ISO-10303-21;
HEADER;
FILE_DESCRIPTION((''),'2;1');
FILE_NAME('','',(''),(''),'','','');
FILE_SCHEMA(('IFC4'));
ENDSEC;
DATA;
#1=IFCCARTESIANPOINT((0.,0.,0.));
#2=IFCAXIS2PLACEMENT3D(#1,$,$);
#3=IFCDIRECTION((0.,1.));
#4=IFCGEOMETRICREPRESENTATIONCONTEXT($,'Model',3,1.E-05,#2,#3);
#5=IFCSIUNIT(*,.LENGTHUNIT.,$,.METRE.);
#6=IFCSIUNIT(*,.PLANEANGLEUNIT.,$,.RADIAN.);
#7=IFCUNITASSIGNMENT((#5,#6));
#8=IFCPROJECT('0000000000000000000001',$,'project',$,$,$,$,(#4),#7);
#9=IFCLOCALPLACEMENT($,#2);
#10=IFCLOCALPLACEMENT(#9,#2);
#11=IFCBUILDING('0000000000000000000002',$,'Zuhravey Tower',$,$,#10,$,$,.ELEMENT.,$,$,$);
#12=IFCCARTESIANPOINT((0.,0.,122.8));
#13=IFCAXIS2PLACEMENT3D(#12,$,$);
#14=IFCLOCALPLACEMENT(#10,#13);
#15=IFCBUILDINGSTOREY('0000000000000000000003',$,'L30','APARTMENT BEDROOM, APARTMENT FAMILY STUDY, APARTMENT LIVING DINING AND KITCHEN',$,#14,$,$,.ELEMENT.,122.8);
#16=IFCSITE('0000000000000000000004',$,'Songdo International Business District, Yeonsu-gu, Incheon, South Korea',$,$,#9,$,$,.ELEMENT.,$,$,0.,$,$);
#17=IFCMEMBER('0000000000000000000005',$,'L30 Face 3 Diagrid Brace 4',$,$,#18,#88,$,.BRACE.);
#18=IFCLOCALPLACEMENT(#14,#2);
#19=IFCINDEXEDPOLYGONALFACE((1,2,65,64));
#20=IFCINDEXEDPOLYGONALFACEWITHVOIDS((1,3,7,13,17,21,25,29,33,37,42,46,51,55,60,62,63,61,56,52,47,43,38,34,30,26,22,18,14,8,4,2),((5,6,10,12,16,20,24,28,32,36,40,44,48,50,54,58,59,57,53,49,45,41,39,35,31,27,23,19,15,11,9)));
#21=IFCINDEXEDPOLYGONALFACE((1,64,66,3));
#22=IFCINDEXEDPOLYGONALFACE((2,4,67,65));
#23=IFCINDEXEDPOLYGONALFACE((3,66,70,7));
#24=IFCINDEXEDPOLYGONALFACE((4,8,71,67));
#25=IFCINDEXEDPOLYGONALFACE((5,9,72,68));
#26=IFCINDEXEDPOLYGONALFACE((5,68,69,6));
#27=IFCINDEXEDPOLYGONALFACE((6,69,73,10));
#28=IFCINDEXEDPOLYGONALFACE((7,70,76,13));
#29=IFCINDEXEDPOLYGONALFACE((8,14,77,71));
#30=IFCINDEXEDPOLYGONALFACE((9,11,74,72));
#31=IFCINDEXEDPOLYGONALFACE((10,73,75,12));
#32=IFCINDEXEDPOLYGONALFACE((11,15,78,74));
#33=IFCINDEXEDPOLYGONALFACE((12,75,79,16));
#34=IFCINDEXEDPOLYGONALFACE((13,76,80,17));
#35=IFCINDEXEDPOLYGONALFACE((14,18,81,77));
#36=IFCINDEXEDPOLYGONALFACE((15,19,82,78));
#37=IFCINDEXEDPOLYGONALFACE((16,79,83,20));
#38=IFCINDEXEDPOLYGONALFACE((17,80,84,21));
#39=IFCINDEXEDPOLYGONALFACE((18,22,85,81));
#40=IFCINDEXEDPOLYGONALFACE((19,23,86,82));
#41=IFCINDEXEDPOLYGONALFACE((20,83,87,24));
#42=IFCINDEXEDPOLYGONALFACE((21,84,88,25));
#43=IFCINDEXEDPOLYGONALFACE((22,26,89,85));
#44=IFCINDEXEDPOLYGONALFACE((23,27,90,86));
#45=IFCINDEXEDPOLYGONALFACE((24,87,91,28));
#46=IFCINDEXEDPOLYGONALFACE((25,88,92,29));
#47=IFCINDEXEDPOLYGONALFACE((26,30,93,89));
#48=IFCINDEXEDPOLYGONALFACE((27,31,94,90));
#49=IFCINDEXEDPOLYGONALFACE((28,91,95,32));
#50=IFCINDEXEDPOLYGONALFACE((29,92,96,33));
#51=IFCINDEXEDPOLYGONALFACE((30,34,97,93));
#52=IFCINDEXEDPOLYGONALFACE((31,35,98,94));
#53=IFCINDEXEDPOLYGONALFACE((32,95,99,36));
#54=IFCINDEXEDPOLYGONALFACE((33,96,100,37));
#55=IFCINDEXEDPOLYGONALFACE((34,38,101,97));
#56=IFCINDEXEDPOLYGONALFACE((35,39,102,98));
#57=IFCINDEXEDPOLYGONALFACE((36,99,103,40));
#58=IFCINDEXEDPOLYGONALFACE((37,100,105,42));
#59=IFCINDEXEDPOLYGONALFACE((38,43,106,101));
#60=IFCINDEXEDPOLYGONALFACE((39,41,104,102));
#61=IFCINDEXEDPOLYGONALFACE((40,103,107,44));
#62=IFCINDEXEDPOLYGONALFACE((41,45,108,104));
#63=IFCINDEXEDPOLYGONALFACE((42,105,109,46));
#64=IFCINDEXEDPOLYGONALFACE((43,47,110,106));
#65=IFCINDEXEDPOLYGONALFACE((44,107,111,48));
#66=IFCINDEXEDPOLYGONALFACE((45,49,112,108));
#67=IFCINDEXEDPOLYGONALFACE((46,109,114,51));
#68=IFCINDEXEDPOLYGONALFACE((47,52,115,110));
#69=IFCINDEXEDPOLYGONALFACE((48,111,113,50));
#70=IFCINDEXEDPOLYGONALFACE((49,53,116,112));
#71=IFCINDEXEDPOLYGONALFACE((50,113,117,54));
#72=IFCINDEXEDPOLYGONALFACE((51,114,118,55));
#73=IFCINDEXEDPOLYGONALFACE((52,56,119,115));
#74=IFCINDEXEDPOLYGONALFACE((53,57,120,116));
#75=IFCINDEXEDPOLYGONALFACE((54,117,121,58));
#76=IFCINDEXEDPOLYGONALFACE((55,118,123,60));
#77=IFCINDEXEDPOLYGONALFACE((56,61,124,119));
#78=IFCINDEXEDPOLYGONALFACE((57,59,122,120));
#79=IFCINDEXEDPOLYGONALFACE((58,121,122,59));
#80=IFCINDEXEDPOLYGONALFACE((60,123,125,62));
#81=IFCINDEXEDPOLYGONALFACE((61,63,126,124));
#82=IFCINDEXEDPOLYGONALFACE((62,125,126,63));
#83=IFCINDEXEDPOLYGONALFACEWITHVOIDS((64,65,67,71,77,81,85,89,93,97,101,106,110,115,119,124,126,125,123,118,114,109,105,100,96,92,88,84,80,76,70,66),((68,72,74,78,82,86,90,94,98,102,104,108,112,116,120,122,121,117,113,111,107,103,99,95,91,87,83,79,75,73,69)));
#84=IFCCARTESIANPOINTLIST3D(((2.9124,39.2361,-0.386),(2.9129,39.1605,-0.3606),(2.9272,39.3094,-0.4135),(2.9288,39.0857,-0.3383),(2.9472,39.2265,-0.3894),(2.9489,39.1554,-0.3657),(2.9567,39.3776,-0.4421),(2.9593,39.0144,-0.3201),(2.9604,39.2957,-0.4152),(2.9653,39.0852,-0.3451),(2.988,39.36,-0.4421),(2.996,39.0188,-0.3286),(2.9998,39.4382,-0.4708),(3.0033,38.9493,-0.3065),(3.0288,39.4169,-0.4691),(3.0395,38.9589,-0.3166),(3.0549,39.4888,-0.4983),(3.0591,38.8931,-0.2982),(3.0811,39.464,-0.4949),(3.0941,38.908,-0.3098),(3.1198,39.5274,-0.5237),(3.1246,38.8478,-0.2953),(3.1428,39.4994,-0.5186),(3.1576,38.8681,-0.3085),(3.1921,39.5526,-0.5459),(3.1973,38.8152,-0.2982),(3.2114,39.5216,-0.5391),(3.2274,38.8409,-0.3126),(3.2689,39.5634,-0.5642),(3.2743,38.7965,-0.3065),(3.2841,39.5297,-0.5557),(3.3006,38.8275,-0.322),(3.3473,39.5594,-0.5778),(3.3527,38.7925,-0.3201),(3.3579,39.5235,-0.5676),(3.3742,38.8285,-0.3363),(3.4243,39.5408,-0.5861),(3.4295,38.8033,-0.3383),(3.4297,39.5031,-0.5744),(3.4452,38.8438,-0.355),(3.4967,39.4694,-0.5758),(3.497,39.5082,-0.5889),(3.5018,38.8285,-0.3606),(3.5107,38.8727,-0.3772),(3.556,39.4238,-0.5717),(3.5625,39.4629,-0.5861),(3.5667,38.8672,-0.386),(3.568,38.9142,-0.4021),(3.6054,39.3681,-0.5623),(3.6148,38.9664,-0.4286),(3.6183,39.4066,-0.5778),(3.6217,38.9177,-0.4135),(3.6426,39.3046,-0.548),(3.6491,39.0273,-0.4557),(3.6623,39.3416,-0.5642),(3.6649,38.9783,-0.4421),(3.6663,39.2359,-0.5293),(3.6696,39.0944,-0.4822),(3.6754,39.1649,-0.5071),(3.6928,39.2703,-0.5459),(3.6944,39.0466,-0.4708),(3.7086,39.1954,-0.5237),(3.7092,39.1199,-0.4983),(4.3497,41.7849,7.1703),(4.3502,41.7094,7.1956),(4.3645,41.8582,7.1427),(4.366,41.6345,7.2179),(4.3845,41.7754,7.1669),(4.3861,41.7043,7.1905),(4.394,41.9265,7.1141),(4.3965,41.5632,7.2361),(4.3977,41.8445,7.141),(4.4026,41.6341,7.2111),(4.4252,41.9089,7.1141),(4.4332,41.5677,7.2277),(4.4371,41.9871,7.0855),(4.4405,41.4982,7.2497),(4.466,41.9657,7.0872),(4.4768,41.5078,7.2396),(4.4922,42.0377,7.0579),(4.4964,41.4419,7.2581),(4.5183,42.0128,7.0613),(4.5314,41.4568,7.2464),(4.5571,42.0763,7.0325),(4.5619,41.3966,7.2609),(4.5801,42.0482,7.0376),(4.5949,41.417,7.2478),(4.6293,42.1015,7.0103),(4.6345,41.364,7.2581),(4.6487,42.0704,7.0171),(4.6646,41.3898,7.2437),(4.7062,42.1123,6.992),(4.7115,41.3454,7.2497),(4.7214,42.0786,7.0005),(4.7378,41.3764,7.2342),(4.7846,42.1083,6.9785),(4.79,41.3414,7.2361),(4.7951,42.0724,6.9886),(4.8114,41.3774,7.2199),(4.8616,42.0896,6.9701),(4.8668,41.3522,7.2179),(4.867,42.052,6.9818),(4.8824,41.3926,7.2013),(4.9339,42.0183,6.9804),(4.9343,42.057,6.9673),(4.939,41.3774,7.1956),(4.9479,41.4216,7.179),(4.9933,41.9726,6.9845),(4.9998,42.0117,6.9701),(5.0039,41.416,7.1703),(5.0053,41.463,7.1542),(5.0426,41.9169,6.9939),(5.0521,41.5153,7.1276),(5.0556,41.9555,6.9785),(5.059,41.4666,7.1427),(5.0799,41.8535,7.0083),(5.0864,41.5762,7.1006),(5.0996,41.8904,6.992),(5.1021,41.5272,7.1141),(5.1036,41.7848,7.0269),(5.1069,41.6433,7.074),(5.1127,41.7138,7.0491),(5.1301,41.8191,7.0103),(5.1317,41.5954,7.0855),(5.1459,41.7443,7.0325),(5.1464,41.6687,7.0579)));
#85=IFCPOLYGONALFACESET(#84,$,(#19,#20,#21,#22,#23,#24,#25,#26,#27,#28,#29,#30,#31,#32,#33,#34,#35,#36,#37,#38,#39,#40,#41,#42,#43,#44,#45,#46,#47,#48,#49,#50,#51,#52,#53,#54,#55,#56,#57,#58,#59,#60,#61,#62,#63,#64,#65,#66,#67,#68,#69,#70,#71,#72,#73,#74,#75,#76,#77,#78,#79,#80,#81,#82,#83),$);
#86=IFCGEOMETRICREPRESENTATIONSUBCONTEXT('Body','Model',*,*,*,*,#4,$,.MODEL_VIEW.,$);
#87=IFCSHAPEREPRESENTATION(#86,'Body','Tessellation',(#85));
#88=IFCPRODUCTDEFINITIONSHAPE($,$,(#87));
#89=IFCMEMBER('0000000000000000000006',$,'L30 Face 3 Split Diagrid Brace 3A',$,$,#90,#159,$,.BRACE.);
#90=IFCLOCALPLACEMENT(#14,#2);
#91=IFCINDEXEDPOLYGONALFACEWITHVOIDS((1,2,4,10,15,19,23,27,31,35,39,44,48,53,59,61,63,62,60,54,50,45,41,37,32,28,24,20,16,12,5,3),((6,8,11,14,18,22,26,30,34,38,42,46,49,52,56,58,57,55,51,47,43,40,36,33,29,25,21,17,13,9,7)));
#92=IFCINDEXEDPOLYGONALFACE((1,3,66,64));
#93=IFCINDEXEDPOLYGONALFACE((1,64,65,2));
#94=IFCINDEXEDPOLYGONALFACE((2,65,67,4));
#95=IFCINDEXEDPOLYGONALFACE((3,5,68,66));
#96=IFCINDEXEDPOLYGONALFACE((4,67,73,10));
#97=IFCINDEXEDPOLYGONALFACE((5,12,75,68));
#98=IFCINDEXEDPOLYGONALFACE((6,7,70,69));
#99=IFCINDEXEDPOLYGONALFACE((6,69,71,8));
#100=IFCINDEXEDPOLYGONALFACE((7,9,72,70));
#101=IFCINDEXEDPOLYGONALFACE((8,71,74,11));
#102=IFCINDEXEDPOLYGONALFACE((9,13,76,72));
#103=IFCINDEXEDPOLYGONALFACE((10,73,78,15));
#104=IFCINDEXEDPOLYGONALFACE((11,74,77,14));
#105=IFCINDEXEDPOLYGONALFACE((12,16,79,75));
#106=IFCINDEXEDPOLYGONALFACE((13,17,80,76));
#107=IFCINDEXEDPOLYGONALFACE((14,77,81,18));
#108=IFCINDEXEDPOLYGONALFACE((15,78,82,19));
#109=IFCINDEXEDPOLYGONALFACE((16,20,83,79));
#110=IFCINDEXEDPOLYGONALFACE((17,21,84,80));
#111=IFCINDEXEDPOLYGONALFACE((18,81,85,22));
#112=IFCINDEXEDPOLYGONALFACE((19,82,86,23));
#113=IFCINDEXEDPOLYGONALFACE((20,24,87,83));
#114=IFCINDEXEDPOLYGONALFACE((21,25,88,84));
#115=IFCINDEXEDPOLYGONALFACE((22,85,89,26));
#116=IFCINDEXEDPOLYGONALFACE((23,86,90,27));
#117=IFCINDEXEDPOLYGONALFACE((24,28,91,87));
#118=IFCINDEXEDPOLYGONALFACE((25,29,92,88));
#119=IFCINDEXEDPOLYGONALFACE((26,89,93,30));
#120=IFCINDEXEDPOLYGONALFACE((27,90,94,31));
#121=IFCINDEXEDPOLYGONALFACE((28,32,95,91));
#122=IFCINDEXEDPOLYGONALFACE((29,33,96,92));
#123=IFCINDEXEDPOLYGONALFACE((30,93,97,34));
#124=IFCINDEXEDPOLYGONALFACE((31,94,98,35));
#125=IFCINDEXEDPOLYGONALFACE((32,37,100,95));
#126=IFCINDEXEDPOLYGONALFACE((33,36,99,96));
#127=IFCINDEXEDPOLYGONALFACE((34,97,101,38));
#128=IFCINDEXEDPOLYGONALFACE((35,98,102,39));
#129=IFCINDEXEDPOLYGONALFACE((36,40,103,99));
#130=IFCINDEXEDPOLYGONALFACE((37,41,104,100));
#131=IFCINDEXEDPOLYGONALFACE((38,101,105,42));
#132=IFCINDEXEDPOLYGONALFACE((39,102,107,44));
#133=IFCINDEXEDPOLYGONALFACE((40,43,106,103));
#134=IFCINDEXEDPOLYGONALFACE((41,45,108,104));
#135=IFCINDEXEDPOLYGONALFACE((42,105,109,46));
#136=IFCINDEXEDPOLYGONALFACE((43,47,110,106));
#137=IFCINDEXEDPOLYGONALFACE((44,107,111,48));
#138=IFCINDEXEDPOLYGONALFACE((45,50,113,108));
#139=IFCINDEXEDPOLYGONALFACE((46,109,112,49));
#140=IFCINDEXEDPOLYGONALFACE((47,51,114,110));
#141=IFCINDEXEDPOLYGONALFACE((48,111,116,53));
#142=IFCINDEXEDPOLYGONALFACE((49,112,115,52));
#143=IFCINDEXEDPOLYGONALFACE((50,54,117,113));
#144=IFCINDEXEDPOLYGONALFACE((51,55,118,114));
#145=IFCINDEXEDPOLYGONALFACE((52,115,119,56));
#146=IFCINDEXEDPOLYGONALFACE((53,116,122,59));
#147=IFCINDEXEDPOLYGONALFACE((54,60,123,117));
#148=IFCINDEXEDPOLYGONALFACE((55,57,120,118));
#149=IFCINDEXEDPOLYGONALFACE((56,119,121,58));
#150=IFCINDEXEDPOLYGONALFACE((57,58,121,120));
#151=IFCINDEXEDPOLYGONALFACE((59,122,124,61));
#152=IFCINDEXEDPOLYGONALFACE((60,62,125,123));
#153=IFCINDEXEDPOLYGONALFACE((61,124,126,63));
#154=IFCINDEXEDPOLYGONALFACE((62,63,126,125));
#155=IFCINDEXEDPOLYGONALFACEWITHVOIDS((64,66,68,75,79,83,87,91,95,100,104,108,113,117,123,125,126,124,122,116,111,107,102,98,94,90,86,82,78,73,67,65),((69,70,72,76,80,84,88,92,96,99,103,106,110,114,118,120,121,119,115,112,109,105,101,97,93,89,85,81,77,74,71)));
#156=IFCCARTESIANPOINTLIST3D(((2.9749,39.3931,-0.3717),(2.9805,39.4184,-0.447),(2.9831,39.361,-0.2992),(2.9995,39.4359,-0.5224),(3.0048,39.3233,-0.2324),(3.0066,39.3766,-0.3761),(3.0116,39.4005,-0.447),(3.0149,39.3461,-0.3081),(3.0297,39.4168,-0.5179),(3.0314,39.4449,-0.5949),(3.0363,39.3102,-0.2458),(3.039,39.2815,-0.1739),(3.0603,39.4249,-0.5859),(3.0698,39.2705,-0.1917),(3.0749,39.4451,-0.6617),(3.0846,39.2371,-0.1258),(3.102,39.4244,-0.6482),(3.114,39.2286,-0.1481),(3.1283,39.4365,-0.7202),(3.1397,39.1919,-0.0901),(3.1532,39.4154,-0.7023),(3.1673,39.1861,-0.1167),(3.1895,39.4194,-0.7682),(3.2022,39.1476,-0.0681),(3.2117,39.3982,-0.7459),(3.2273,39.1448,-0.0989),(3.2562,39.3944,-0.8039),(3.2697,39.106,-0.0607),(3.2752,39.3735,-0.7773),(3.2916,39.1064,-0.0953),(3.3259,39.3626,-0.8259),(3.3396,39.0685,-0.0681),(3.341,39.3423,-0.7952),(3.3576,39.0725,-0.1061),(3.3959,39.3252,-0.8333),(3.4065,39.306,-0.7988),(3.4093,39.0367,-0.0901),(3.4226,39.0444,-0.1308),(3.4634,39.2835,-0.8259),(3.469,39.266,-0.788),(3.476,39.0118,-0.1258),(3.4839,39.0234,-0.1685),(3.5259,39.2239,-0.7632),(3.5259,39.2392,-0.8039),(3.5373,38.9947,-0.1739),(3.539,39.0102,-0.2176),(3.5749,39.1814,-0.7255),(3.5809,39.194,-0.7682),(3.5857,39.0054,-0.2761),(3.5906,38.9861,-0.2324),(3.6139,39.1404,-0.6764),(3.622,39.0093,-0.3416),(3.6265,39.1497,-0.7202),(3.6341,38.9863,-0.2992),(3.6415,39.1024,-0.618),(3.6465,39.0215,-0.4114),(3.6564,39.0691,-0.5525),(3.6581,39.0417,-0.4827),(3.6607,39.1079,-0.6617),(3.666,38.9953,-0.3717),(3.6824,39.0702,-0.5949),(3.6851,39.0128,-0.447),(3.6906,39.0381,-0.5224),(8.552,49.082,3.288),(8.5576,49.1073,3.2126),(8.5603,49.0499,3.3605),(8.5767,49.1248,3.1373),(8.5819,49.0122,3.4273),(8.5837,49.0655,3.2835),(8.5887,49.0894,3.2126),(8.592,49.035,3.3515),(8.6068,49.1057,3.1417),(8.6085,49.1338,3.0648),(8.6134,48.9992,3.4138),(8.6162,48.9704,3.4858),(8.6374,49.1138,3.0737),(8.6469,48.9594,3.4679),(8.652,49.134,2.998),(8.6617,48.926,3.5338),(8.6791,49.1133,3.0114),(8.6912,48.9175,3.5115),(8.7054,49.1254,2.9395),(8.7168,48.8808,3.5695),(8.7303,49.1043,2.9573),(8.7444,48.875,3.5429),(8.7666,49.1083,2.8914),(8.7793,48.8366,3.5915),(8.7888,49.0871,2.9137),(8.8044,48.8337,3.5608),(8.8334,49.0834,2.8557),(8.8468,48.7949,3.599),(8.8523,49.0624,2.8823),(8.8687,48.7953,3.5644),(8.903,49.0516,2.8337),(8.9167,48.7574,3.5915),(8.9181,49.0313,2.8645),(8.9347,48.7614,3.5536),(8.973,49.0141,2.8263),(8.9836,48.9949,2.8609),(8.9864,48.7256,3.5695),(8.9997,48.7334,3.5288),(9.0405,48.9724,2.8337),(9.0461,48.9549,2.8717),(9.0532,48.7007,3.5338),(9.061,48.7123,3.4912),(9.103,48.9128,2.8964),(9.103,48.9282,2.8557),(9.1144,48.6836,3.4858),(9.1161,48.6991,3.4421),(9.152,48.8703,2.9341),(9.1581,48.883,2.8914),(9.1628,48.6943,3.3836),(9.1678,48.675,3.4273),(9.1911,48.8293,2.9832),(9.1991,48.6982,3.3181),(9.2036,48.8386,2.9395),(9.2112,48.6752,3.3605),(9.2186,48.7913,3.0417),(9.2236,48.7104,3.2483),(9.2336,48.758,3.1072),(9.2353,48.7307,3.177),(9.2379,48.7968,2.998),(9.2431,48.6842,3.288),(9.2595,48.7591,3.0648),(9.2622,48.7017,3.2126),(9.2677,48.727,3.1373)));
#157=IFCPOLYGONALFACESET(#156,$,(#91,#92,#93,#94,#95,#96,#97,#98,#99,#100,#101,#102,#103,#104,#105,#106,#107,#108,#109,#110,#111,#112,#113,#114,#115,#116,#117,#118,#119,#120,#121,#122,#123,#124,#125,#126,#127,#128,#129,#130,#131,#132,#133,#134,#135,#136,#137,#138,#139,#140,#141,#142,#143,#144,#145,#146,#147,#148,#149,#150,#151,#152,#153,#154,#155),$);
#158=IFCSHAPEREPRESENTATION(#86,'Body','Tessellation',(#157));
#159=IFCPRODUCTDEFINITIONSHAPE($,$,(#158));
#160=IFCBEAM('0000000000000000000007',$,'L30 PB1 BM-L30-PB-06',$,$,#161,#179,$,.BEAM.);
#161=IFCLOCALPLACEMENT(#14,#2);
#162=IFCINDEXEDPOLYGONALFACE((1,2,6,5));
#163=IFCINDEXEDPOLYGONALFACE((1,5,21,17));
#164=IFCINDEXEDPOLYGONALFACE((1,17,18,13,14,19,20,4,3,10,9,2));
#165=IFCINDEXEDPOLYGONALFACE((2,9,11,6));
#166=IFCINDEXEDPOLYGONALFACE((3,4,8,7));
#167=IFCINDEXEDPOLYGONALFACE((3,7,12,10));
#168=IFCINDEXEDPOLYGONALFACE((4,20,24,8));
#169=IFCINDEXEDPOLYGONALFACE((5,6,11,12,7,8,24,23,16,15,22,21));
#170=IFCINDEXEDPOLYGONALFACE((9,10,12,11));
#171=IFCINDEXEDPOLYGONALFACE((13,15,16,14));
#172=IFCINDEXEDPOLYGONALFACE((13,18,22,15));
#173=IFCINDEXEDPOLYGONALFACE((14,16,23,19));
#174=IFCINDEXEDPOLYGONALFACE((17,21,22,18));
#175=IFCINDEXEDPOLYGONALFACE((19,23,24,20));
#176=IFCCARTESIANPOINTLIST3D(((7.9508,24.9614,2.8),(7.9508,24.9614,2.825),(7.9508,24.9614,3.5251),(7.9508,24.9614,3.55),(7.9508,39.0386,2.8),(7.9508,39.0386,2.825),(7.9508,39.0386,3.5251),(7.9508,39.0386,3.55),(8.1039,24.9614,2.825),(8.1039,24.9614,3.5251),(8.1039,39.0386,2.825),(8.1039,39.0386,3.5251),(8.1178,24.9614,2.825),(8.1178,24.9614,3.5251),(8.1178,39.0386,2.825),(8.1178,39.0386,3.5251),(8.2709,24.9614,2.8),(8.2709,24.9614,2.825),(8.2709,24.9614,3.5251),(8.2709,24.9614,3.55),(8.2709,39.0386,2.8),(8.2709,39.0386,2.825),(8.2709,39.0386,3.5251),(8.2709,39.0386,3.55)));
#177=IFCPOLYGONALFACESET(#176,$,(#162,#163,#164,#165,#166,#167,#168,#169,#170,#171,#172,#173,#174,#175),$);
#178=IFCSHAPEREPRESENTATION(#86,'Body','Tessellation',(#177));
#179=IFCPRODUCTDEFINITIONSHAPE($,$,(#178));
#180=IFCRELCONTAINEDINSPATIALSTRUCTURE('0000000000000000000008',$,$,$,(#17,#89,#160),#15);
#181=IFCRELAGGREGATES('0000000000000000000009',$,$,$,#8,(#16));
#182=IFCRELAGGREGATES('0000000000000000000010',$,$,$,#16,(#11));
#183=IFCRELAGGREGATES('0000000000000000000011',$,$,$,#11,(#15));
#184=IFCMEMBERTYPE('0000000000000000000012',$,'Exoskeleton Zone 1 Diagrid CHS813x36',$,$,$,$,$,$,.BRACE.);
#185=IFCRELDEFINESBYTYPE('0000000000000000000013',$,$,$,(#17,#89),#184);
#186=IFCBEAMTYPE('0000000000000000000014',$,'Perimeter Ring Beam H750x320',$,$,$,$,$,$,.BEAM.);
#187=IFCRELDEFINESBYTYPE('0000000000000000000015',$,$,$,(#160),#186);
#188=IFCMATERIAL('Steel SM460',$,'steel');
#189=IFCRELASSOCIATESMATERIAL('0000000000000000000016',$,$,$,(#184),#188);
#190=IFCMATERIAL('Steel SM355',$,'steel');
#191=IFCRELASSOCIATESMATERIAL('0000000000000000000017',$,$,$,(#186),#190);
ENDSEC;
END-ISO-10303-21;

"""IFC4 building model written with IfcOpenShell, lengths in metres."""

from ifc_helpers import new_model, si_unit, direction, frame, origin, origin_2d, place, context, subcontext, project, spatial, hollow_circle, i_section, extrude, material, material_profile, profile_set, type_object, element, save


model = new_model("IFC4")

# Units and contexts
model_context = context("Model", 3, precision=1e-05, world=origin(), true_north=direction((0.0, 1.0)))
body_context = subcontext(model_context, "Body", "Model", "MODEL_VIEW")
ifc_project = project(units=[si_unit("LENGTHUNIT", "METRE"), si_unit("PLANEANGLEUNIT", "RADIAN")], contexts=[model_context])

# Site, building, storey
site_placement = place(None, origin())
site = spatial("IfcSite", under=ifc_project, at=site_placement, Name="Songdo International Business District, Yeonsu-gu, Incheon, South Korea", CompositionType="ELEMENT", RefElevation=0.0)
building_placement = place(site_placement, origin())
building = spatial("IfcBuilding", under=site, at=building_placement, Name="Zuhravey Tower", CompositionType="ELEMENT")
storey_placement = place(building_placement, frame((0.0, 0.0, 122.8)))
storey = spatial("IfcBuildingStorey", under=building, at=storey_placement, Name="L30", Description="APARTMENT BEDROOM, APARTMENT FAMILY STUDY, APARTMENT LIVING DINING AND KITCHEN", CompositionType="ELEMENT", Elevation=122.8)

# Members
ifc_material_1 = material(Name="Steel SM460", Category="steel")
ifc_material_profile_1 = material_profile(ifc_material_1, hollow_circle(Radius=0.4065, WallThickness=0.0359, at=origin_2d()), Name="CHS-812.8x36")
ifc_profile_set_1 = profile_set([ifc_material_profile_1], Name="Steel SM460")
member_type_1 = type_object("IfcMemberType", Name="Exoskeleton Zone 1 Diagrid CHS813x36", PredefinedType="BRACE", material=ifc_profile_set_1)
member_1_placement = place(storey_placement, frame((3.3108, 39.178, -0.4421), z_axis=(0.177375, 0.314556, 0.93252), x_axis=(-0.871058, 0.49118, 0.0)))
element("IfcMember", 1, at=member_1_placement, inside=storey, type_object=member_type_1, Name="L30 Face 3 Diagrid Brace 4", PredefinedType="BRACE", context=body_context, shape_type="SweptSolid", body=[
    extrude(hollow_circle(Radius=0.4065, WallThickness=0.0359, at=origin_2d()), origin(), (0.0, 0.0, 1.0), 8.103),
])
member_2_placement = place(storey_placement, frame((3.3328, 39.2156, -0.447), z_axis=(0.474117, 0.823665, 0.311111), x_axis=(-0.866675, 0.498874, 0.0)))
element("IfcMember", 2, at=member_2_placement, inside=storey, type_object=member_type_1, Name="L30 Face 3 Split Diagrid Brace 3A", PredefinedType="BRACE", context=body_context, shape_type="SweptSolid", body=[
    extrude(hollow_circle(Radius=0.4065, WallThickness=0.0359, at=origin_2d()), origin(), (0.0, 0.0, 1.0), 11.7632),
])

# Beam
ifc_material_2 = material(Name="Steel SM355", Category="steel")
ifc_material_profile_2 = material_profile(ifc_material_2, i_section(OverallWidth=0.3201, OverallDepth=0.75, WebThickness=0.0139, FlangeThickness=0.0249, at=origin_2d()), Name="H-750x320x14x25")
ifc_profile_set_2 = profile_set([ifc_material_profile_2], Name="Steel SM355")
beam_type_1 = type_object("IfcBeamType", Name="Perimeter Ring Beam H750x320", PredefinedType="BEAM", material=ifc_profile_set_2)
beam_1_placement = place(storey_placement, frame((8.1108, 39.0386, 3.175), z_axis=(0.0, -1.0, 0.0), x_axis=(1.0, 0.0, 0.0)))
element("IfcBeam", 3, at=beam_1_placement, inside=storey, type_object=beam_type_1, Name="L30 PB1 BM-L30-PB-06", PredefinedType="BEAM", context=body_context, shape_type="SweptSolid", body=[
    extrude(i_section(OverallWidth=0.3201, OverallDepth=0.75, WebThickness=0.0139, FlangeThickness=0.0249, at=origin_2d()), origin(), (0.0, 0.0, 1.0), 14.0771),
])

save(model, "model.ifc")
